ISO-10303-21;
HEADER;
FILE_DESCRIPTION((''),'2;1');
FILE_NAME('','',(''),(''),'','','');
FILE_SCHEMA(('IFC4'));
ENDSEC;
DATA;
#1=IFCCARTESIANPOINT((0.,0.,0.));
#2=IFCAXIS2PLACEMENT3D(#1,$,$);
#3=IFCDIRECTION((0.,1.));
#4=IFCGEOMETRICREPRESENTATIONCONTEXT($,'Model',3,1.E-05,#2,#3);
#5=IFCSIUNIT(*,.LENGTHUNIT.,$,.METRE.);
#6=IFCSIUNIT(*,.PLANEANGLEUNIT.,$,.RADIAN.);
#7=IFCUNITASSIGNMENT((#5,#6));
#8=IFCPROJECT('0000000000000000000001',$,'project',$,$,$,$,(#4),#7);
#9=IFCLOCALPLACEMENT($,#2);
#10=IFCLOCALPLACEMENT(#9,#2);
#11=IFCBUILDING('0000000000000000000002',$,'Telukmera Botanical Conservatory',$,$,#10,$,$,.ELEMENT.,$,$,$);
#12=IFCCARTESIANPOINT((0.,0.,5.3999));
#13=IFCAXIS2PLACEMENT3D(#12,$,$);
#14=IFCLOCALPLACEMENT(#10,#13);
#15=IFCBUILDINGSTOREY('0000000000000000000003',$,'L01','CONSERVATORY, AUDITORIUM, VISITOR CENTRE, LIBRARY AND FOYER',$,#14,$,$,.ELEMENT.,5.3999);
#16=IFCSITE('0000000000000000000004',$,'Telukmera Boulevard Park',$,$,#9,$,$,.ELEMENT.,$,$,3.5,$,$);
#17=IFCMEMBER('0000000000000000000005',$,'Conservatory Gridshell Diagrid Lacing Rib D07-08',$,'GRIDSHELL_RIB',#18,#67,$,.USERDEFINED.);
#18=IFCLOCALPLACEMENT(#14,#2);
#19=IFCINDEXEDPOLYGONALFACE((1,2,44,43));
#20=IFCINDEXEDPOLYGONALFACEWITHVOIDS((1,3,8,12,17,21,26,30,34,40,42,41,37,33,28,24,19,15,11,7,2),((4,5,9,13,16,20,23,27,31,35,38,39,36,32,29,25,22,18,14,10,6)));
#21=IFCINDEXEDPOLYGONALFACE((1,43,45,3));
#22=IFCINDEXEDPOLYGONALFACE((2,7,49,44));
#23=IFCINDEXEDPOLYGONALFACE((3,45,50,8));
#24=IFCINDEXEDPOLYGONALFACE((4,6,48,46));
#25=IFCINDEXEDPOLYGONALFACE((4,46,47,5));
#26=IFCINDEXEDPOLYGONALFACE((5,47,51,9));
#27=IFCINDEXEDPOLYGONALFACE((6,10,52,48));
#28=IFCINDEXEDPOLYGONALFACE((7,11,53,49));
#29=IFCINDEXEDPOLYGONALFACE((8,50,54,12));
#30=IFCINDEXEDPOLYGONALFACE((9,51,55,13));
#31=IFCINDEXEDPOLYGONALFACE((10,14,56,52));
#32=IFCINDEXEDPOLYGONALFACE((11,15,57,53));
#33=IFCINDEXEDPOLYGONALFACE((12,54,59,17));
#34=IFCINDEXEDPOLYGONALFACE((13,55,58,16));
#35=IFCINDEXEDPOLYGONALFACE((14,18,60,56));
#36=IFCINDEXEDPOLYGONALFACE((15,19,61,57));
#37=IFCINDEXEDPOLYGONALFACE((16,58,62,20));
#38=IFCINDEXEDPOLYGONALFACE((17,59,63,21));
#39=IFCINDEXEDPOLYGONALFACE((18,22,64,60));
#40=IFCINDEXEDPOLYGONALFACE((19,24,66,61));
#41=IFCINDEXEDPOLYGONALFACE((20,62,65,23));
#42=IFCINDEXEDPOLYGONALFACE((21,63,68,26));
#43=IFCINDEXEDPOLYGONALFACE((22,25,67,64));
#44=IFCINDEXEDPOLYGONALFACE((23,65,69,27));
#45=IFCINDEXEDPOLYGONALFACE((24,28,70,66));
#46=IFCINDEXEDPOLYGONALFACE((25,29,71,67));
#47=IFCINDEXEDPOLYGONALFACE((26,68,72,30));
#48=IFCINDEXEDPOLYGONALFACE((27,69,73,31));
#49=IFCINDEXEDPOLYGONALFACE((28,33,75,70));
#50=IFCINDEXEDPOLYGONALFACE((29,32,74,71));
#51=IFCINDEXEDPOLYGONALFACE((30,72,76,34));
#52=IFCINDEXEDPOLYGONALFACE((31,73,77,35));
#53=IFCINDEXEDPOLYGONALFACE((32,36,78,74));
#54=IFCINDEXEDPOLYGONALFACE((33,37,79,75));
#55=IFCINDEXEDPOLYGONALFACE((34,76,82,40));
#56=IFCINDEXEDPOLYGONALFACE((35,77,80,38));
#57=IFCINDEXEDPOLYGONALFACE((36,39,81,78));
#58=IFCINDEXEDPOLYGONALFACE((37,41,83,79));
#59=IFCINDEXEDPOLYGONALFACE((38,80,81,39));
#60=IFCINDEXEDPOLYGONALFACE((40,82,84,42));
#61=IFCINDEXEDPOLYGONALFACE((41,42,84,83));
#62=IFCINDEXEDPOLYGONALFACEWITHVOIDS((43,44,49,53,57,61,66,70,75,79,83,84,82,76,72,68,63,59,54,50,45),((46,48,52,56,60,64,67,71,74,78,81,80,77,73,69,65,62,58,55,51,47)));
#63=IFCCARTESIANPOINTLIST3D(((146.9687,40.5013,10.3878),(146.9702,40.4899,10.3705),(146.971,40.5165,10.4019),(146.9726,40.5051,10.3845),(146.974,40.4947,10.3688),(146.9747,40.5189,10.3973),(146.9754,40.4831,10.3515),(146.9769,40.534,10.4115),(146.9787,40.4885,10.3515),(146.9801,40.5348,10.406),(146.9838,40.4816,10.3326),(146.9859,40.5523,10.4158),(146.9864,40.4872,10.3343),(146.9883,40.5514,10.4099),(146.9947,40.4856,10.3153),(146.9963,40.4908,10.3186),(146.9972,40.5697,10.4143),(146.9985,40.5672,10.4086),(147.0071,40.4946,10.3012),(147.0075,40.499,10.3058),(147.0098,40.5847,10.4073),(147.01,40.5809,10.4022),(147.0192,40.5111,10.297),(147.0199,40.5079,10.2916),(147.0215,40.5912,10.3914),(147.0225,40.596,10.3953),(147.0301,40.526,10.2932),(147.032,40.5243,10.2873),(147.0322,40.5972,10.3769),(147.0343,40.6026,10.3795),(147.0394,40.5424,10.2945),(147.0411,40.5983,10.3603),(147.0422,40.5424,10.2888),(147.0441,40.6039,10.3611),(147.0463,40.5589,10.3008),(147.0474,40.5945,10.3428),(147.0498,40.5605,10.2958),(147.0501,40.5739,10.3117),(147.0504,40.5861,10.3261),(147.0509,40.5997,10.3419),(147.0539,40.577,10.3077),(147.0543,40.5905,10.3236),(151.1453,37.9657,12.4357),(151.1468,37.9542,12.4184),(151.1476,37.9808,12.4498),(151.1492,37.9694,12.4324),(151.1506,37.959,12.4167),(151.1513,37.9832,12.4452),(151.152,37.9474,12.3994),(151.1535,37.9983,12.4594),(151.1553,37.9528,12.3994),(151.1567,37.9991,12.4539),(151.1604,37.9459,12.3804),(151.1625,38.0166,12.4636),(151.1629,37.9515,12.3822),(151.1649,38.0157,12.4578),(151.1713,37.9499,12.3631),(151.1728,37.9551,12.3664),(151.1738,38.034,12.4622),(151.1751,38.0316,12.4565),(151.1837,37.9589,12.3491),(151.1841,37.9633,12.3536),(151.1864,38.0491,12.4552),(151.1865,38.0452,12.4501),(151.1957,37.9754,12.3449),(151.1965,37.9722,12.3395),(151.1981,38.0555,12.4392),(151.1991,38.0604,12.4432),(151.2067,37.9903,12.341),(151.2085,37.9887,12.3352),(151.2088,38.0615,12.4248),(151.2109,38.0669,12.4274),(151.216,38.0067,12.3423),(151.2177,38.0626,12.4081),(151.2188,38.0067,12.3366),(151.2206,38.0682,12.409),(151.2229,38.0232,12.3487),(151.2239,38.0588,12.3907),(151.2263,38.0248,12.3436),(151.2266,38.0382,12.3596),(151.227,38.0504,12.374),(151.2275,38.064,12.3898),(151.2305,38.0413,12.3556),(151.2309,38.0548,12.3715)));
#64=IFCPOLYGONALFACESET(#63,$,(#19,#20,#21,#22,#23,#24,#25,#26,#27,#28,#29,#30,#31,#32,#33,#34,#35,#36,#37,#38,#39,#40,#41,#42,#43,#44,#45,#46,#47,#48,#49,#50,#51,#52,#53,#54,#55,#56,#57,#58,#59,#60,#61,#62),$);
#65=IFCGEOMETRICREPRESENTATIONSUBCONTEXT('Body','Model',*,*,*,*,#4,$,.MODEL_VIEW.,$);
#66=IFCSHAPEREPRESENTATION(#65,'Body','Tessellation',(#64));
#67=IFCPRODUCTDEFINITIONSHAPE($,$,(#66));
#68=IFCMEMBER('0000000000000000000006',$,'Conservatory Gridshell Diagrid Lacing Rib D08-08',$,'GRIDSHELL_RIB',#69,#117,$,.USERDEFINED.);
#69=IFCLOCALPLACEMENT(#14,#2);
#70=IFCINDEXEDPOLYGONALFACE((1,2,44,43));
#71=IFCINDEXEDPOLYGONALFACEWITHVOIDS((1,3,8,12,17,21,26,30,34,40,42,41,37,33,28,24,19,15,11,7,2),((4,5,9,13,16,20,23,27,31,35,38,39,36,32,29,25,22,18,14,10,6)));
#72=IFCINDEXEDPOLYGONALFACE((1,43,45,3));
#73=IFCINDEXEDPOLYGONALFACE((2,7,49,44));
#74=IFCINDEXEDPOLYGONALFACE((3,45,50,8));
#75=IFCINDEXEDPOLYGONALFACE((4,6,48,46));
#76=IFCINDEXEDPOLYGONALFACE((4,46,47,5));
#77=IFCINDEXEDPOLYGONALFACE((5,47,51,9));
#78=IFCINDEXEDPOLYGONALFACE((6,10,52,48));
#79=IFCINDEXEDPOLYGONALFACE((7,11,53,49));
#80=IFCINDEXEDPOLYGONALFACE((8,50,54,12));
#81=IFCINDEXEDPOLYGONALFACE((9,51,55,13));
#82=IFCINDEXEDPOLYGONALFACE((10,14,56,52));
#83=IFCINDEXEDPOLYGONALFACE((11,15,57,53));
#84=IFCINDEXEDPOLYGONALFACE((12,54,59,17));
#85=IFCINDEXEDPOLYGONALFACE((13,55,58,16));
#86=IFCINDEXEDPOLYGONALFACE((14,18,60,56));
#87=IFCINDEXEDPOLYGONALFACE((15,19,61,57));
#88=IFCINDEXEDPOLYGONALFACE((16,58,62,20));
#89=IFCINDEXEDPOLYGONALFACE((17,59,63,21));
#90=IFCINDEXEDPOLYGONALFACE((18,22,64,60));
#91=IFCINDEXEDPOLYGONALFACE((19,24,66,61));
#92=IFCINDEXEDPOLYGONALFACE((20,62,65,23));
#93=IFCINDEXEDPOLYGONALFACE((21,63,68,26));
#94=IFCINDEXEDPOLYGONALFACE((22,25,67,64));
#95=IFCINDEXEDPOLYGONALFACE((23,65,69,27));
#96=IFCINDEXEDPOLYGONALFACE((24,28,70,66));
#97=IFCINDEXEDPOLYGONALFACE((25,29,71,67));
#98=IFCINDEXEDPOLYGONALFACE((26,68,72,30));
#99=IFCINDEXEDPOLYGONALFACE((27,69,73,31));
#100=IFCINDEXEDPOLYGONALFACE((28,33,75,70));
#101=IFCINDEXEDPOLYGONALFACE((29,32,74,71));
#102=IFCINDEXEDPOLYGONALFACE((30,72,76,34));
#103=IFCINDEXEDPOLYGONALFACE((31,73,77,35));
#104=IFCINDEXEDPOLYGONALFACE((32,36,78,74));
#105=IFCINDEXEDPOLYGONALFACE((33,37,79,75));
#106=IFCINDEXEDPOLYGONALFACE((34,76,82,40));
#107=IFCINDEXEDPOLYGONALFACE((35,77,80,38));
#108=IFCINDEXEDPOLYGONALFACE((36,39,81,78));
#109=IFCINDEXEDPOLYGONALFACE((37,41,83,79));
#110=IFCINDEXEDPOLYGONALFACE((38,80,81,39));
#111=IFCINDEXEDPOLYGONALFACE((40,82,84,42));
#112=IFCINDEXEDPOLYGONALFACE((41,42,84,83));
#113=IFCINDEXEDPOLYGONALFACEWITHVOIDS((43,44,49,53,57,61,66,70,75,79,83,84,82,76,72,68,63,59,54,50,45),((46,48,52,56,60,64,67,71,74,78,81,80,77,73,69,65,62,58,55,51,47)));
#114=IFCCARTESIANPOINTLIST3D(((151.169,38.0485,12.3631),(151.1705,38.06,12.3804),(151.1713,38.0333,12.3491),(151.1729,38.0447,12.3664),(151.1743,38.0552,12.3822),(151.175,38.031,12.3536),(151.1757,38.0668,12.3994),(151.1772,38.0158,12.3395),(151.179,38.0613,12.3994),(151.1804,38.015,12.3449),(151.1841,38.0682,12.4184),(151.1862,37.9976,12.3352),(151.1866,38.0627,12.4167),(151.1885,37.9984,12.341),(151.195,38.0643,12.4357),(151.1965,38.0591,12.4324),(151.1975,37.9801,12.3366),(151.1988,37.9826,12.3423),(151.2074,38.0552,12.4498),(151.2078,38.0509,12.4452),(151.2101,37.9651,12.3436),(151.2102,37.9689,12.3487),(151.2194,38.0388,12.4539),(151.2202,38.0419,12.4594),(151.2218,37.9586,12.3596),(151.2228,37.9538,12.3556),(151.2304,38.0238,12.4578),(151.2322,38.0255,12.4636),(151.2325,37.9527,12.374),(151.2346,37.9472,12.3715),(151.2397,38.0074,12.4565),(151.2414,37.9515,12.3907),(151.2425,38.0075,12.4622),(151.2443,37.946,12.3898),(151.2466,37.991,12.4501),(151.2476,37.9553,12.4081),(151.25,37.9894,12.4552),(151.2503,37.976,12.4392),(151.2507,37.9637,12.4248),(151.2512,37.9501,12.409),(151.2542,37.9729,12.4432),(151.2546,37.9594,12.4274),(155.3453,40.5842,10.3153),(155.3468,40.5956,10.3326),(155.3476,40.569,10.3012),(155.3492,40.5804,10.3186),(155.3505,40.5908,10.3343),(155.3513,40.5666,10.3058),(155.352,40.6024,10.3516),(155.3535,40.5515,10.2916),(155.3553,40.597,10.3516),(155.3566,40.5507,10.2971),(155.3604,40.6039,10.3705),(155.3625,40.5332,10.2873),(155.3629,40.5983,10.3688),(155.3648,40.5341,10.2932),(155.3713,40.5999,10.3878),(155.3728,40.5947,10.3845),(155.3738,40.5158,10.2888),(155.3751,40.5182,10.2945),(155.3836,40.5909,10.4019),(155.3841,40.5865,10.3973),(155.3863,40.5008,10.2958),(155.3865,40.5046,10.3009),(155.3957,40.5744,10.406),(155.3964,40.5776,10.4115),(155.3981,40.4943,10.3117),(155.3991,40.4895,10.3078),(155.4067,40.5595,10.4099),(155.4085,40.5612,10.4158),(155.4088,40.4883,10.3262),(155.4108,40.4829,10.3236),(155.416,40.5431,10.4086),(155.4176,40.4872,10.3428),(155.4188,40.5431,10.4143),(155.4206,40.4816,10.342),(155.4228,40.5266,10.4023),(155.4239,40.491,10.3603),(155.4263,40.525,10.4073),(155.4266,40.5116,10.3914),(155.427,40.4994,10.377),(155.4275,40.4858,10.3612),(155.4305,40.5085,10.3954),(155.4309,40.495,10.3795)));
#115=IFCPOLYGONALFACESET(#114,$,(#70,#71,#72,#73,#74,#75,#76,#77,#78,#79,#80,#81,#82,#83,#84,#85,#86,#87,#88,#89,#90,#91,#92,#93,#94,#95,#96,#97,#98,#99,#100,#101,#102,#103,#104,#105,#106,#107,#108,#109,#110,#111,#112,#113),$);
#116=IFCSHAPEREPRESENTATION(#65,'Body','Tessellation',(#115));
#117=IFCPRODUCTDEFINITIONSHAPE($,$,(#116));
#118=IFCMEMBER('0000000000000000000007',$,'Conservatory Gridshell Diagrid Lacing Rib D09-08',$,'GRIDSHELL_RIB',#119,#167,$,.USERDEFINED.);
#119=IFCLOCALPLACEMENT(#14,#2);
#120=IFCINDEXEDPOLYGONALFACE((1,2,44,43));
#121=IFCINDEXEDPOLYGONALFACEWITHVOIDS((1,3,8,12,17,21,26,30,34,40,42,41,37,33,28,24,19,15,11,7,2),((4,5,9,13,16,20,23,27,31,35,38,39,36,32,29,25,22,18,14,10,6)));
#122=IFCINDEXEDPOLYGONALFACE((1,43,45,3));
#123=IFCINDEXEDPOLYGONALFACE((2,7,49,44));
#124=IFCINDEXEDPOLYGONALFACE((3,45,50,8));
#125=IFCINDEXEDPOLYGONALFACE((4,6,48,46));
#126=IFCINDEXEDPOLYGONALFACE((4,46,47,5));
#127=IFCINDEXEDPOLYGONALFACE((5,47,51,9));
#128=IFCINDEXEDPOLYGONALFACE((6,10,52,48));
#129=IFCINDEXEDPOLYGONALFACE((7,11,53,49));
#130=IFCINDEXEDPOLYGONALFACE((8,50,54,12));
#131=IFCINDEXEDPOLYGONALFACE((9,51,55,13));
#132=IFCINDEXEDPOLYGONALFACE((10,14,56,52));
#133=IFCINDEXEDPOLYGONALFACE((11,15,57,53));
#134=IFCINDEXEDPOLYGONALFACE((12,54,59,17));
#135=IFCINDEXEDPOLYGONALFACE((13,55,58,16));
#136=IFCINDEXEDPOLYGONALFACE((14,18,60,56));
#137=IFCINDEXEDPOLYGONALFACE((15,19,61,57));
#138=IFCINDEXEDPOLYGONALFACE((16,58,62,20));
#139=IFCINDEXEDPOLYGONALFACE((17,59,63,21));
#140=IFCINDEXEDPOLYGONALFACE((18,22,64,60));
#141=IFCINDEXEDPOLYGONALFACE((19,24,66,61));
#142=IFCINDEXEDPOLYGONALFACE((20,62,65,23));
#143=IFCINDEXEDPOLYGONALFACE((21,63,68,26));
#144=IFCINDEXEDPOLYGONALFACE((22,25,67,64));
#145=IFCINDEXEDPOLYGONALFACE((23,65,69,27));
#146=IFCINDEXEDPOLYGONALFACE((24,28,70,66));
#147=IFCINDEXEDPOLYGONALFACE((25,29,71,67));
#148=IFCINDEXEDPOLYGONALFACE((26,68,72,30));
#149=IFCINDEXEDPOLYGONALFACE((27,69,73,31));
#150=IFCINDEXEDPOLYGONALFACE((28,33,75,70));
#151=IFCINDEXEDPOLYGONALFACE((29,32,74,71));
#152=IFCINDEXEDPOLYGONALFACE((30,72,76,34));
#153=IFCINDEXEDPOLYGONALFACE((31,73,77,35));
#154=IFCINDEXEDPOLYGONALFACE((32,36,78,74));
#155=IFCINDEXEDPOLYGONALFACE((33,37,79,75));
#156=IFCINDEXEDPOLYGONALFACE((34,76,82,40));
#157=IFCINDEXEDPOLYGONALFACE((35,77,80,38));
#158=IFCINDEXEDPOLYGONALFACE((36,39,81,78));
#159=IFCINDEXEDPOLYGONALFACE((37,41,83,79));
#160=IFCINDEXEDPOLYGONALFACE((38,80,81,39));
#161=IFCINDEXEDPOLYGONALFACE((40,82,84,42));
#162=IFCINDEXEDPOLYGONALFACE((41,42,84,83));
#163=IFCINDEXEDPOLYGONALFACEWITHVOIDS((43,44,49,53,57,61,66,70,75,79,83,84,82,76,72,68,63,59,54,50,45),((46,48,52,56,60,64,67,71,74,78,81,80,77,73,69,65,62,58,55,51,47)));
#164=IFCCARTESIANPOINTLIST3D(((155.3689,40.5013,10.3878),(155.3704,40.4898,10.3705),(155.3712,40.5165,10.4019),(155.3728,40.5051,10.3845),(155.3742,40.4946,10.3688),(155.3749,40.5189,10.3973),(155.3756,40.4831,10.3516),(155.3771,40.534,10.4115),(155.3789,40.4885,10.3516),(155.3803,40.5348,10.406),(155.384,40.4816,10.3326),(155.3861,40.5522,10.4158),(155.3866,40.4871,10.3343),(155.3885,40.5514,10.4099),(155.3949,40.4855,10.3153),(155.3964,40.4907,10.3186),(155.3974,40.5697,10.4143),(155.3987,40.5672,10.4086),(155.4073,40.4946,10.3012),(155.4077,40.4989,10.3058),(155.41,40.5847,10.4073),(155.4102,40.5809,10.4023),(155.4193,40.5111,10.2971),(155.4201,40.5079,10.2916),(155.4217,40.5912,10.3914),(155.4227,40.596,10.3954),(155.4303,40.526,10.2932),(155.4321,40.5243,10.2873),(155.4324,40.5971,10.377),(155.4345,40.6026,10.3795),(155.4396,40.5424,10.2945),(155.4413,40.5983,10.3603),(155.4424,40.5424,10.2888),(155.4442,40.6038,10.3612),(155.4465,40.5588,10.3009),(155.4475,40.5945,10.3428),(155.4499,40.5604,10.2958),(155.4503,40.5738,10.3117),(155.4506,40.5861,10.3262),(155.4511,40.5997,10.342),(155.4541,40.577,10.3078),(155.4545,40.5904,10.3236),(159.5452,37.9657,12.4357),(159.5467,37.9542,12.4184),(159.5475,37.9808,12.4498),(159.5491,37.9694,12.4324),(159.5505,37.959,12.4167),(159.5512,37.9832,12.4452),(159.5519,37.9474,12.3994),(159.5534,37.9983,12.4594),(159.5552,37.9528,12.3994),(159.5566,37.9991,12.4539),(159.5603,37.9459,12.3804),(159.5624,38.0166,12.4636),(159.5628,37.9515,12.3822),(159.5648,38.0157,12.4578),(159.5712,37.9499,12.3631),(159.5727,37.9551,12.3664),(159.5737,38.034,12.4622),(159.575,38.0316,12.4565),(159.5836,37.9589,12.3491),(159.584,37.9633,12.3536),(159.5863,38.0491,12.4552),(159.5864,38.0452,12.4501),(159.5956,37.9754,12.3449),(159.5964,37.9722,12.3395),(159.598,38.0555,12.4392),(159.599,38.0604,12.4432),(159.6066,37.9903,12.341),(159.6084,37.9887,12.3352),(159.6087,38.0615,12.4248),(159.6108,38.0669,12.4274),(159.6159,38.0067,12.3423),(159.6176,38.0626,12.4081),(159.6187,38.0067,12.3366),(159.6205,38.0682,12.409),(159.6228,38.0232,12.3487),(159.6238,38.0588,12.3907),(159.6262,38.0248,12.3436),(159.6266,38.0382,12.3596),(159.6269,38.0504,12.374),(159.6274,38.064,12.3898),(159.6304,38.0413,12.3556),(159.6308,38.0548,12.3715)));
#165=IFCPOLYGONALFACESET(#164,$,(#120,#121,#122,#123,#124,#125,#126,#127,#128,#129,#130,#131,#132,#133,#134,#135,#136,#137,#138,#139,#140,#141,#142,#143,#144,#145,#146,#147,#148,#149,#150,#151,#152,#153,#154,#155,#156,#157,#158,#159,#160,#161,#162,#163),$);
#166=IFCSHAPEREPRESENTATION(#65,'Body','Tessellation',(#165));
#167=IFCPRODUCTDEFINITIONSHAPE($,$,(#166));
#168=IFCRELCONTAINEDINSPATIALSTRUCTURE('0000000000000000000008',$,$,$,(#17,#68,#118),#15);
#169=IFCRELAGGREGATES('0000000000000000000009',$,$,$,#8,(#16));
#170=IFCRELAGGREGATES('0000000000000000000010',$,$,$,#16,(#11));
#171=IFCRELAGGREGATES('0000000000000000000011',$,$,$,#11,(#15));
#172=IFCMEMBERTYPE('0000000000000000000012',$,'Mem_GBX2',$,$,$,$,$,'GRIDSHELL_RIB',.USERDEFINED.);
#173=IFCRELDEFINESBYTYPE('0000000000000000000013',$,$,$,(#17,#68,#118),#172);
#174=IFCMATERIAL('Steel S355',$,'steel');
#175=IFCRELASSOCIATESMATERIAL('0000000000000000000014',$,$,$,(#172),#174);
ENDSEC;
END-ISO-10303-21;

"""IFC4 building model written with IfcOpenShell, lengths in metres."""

from ifc_helpers import new_model, si_unit, direction, frame, origin, origin_2d, place, context, subcontext, project, spatial, hollow_circle, extrude, material, material_profile, profile_set, type_object, element, save


model = new_model("IFC4")

# Units and contexts
model_context = context("Model", 3, precision=1e-05, world=origin(), true_north=direction((0.0, 1.0)))
body_context = subcontext(model_context, "Body", "Model", "MODEL_VIEW")
ifc_project = project(units=[si_unit("LENGTHUNIT", "METRE"), si_unit("PLANEANGLEUNIT", "RADIAN")], contexts=[model_context])

# Site, building, storey
site_placement = place(None, origin())
site = spatial("IfcSite", under=ifc_project, at=site_placement, Name="Telukmera Boulevard Park", CompositionType="ELEMENT", RefElevation=3.5)
building_placement = place(site_placement, origin())
building = spatial("IfcBuilding", under=site, at=building_placement, Name="Telukmera Botanical Conservatory", CompositionType="ELEMENT")
storey_placement = place(building_placement, frame((0.0, 0.0, 5.3999)))
storey = spatial("IfcBuildingStorey", under=building, at=storey_placement, Name="L01", Description="CONSERVATORY, AUDITORIUM, VISITOR CENTRE, LIBRARY AND FOYER", CompositionType="ELEMENT", Elevation=5.3999)

# Shared definitions
ifc_material_1 = material(Name="Steel S355", Category="steel")

# Members
ifc_material_profile_1 = material_profile(ifc_material_1, hollow_circle(Radius=0.0698, WallThickness=0.0063, at=origin_2d()), Name="CHS 139.7x6.3")
ifc_profile_set_1 = profile_set([ifc_material_profile_1], Name="Steel S355")
member_type_1 = type_object("IfcMemberType", Name="Mem_GBX2", ElementType="GRIDSHELL_RIB", PredefinedType="USERDEFINED", material=ifc_profile_set_1)
member_1_placement = place(storey_placement, frame((151.1882, 38.0071, 12.3994), z_axis=(-0.788352, 0.478624, -0.386549), x_axis=(-0.518964, -0.854796, 0.0)))
element("IfcMember", 1, at=member_1_placement, inside=storey, type_object=member_type_1, Name="Conservatory Gridshell Diagrid Lacing Rib D07-08", ObjectType="GRIDSHELL_RIB", PredefinedType="USERDEFINED", context=body_context, shape_type="SweptSolid", body=[
    extrude(hollow_circle(Radius=0.0698, WallThickness=0.0063, at=origin_2d()), origin(), (0.0, 0.0, 1.0), 5.2979),
])
for number, where, z_axis, x_axis, name in (
    (2, (151.2119, 38.0071, 12.3994), (0.788334, 0.478642, -0.386563), (-0.518986, 0.854783, 0.0), "Conservatory Gridshell Diagrid Lacing Rib D08-08"),
    (3, (159.5881, 38.0071, 12.3994), (-0.788334, 0.478642, -0.386563), (-0.518986, -0.854783, 0.0), "Conservatory Gridshell Diagrid Lacing Rib D09-08"),
):
    element("IfcMember", number, at=place(storey_placement, frame(where, z_axis=z_axis, x_axis=x_axis)), inside=storey, type_object=member_type_1, Name=name, ObjectType="GRIDSHELL_RIB", PredefinedType="USERDEFINED", context=body_context, shape_type="SweptSolid", body=[
        extrude(hollow_circle(Radius=0.0698, WallThickness=0.0063, at=origin_2d()), origin(), (0.0, 0.0, 1.0), 5.2976),
    ])

save(model, "model.ifc")
